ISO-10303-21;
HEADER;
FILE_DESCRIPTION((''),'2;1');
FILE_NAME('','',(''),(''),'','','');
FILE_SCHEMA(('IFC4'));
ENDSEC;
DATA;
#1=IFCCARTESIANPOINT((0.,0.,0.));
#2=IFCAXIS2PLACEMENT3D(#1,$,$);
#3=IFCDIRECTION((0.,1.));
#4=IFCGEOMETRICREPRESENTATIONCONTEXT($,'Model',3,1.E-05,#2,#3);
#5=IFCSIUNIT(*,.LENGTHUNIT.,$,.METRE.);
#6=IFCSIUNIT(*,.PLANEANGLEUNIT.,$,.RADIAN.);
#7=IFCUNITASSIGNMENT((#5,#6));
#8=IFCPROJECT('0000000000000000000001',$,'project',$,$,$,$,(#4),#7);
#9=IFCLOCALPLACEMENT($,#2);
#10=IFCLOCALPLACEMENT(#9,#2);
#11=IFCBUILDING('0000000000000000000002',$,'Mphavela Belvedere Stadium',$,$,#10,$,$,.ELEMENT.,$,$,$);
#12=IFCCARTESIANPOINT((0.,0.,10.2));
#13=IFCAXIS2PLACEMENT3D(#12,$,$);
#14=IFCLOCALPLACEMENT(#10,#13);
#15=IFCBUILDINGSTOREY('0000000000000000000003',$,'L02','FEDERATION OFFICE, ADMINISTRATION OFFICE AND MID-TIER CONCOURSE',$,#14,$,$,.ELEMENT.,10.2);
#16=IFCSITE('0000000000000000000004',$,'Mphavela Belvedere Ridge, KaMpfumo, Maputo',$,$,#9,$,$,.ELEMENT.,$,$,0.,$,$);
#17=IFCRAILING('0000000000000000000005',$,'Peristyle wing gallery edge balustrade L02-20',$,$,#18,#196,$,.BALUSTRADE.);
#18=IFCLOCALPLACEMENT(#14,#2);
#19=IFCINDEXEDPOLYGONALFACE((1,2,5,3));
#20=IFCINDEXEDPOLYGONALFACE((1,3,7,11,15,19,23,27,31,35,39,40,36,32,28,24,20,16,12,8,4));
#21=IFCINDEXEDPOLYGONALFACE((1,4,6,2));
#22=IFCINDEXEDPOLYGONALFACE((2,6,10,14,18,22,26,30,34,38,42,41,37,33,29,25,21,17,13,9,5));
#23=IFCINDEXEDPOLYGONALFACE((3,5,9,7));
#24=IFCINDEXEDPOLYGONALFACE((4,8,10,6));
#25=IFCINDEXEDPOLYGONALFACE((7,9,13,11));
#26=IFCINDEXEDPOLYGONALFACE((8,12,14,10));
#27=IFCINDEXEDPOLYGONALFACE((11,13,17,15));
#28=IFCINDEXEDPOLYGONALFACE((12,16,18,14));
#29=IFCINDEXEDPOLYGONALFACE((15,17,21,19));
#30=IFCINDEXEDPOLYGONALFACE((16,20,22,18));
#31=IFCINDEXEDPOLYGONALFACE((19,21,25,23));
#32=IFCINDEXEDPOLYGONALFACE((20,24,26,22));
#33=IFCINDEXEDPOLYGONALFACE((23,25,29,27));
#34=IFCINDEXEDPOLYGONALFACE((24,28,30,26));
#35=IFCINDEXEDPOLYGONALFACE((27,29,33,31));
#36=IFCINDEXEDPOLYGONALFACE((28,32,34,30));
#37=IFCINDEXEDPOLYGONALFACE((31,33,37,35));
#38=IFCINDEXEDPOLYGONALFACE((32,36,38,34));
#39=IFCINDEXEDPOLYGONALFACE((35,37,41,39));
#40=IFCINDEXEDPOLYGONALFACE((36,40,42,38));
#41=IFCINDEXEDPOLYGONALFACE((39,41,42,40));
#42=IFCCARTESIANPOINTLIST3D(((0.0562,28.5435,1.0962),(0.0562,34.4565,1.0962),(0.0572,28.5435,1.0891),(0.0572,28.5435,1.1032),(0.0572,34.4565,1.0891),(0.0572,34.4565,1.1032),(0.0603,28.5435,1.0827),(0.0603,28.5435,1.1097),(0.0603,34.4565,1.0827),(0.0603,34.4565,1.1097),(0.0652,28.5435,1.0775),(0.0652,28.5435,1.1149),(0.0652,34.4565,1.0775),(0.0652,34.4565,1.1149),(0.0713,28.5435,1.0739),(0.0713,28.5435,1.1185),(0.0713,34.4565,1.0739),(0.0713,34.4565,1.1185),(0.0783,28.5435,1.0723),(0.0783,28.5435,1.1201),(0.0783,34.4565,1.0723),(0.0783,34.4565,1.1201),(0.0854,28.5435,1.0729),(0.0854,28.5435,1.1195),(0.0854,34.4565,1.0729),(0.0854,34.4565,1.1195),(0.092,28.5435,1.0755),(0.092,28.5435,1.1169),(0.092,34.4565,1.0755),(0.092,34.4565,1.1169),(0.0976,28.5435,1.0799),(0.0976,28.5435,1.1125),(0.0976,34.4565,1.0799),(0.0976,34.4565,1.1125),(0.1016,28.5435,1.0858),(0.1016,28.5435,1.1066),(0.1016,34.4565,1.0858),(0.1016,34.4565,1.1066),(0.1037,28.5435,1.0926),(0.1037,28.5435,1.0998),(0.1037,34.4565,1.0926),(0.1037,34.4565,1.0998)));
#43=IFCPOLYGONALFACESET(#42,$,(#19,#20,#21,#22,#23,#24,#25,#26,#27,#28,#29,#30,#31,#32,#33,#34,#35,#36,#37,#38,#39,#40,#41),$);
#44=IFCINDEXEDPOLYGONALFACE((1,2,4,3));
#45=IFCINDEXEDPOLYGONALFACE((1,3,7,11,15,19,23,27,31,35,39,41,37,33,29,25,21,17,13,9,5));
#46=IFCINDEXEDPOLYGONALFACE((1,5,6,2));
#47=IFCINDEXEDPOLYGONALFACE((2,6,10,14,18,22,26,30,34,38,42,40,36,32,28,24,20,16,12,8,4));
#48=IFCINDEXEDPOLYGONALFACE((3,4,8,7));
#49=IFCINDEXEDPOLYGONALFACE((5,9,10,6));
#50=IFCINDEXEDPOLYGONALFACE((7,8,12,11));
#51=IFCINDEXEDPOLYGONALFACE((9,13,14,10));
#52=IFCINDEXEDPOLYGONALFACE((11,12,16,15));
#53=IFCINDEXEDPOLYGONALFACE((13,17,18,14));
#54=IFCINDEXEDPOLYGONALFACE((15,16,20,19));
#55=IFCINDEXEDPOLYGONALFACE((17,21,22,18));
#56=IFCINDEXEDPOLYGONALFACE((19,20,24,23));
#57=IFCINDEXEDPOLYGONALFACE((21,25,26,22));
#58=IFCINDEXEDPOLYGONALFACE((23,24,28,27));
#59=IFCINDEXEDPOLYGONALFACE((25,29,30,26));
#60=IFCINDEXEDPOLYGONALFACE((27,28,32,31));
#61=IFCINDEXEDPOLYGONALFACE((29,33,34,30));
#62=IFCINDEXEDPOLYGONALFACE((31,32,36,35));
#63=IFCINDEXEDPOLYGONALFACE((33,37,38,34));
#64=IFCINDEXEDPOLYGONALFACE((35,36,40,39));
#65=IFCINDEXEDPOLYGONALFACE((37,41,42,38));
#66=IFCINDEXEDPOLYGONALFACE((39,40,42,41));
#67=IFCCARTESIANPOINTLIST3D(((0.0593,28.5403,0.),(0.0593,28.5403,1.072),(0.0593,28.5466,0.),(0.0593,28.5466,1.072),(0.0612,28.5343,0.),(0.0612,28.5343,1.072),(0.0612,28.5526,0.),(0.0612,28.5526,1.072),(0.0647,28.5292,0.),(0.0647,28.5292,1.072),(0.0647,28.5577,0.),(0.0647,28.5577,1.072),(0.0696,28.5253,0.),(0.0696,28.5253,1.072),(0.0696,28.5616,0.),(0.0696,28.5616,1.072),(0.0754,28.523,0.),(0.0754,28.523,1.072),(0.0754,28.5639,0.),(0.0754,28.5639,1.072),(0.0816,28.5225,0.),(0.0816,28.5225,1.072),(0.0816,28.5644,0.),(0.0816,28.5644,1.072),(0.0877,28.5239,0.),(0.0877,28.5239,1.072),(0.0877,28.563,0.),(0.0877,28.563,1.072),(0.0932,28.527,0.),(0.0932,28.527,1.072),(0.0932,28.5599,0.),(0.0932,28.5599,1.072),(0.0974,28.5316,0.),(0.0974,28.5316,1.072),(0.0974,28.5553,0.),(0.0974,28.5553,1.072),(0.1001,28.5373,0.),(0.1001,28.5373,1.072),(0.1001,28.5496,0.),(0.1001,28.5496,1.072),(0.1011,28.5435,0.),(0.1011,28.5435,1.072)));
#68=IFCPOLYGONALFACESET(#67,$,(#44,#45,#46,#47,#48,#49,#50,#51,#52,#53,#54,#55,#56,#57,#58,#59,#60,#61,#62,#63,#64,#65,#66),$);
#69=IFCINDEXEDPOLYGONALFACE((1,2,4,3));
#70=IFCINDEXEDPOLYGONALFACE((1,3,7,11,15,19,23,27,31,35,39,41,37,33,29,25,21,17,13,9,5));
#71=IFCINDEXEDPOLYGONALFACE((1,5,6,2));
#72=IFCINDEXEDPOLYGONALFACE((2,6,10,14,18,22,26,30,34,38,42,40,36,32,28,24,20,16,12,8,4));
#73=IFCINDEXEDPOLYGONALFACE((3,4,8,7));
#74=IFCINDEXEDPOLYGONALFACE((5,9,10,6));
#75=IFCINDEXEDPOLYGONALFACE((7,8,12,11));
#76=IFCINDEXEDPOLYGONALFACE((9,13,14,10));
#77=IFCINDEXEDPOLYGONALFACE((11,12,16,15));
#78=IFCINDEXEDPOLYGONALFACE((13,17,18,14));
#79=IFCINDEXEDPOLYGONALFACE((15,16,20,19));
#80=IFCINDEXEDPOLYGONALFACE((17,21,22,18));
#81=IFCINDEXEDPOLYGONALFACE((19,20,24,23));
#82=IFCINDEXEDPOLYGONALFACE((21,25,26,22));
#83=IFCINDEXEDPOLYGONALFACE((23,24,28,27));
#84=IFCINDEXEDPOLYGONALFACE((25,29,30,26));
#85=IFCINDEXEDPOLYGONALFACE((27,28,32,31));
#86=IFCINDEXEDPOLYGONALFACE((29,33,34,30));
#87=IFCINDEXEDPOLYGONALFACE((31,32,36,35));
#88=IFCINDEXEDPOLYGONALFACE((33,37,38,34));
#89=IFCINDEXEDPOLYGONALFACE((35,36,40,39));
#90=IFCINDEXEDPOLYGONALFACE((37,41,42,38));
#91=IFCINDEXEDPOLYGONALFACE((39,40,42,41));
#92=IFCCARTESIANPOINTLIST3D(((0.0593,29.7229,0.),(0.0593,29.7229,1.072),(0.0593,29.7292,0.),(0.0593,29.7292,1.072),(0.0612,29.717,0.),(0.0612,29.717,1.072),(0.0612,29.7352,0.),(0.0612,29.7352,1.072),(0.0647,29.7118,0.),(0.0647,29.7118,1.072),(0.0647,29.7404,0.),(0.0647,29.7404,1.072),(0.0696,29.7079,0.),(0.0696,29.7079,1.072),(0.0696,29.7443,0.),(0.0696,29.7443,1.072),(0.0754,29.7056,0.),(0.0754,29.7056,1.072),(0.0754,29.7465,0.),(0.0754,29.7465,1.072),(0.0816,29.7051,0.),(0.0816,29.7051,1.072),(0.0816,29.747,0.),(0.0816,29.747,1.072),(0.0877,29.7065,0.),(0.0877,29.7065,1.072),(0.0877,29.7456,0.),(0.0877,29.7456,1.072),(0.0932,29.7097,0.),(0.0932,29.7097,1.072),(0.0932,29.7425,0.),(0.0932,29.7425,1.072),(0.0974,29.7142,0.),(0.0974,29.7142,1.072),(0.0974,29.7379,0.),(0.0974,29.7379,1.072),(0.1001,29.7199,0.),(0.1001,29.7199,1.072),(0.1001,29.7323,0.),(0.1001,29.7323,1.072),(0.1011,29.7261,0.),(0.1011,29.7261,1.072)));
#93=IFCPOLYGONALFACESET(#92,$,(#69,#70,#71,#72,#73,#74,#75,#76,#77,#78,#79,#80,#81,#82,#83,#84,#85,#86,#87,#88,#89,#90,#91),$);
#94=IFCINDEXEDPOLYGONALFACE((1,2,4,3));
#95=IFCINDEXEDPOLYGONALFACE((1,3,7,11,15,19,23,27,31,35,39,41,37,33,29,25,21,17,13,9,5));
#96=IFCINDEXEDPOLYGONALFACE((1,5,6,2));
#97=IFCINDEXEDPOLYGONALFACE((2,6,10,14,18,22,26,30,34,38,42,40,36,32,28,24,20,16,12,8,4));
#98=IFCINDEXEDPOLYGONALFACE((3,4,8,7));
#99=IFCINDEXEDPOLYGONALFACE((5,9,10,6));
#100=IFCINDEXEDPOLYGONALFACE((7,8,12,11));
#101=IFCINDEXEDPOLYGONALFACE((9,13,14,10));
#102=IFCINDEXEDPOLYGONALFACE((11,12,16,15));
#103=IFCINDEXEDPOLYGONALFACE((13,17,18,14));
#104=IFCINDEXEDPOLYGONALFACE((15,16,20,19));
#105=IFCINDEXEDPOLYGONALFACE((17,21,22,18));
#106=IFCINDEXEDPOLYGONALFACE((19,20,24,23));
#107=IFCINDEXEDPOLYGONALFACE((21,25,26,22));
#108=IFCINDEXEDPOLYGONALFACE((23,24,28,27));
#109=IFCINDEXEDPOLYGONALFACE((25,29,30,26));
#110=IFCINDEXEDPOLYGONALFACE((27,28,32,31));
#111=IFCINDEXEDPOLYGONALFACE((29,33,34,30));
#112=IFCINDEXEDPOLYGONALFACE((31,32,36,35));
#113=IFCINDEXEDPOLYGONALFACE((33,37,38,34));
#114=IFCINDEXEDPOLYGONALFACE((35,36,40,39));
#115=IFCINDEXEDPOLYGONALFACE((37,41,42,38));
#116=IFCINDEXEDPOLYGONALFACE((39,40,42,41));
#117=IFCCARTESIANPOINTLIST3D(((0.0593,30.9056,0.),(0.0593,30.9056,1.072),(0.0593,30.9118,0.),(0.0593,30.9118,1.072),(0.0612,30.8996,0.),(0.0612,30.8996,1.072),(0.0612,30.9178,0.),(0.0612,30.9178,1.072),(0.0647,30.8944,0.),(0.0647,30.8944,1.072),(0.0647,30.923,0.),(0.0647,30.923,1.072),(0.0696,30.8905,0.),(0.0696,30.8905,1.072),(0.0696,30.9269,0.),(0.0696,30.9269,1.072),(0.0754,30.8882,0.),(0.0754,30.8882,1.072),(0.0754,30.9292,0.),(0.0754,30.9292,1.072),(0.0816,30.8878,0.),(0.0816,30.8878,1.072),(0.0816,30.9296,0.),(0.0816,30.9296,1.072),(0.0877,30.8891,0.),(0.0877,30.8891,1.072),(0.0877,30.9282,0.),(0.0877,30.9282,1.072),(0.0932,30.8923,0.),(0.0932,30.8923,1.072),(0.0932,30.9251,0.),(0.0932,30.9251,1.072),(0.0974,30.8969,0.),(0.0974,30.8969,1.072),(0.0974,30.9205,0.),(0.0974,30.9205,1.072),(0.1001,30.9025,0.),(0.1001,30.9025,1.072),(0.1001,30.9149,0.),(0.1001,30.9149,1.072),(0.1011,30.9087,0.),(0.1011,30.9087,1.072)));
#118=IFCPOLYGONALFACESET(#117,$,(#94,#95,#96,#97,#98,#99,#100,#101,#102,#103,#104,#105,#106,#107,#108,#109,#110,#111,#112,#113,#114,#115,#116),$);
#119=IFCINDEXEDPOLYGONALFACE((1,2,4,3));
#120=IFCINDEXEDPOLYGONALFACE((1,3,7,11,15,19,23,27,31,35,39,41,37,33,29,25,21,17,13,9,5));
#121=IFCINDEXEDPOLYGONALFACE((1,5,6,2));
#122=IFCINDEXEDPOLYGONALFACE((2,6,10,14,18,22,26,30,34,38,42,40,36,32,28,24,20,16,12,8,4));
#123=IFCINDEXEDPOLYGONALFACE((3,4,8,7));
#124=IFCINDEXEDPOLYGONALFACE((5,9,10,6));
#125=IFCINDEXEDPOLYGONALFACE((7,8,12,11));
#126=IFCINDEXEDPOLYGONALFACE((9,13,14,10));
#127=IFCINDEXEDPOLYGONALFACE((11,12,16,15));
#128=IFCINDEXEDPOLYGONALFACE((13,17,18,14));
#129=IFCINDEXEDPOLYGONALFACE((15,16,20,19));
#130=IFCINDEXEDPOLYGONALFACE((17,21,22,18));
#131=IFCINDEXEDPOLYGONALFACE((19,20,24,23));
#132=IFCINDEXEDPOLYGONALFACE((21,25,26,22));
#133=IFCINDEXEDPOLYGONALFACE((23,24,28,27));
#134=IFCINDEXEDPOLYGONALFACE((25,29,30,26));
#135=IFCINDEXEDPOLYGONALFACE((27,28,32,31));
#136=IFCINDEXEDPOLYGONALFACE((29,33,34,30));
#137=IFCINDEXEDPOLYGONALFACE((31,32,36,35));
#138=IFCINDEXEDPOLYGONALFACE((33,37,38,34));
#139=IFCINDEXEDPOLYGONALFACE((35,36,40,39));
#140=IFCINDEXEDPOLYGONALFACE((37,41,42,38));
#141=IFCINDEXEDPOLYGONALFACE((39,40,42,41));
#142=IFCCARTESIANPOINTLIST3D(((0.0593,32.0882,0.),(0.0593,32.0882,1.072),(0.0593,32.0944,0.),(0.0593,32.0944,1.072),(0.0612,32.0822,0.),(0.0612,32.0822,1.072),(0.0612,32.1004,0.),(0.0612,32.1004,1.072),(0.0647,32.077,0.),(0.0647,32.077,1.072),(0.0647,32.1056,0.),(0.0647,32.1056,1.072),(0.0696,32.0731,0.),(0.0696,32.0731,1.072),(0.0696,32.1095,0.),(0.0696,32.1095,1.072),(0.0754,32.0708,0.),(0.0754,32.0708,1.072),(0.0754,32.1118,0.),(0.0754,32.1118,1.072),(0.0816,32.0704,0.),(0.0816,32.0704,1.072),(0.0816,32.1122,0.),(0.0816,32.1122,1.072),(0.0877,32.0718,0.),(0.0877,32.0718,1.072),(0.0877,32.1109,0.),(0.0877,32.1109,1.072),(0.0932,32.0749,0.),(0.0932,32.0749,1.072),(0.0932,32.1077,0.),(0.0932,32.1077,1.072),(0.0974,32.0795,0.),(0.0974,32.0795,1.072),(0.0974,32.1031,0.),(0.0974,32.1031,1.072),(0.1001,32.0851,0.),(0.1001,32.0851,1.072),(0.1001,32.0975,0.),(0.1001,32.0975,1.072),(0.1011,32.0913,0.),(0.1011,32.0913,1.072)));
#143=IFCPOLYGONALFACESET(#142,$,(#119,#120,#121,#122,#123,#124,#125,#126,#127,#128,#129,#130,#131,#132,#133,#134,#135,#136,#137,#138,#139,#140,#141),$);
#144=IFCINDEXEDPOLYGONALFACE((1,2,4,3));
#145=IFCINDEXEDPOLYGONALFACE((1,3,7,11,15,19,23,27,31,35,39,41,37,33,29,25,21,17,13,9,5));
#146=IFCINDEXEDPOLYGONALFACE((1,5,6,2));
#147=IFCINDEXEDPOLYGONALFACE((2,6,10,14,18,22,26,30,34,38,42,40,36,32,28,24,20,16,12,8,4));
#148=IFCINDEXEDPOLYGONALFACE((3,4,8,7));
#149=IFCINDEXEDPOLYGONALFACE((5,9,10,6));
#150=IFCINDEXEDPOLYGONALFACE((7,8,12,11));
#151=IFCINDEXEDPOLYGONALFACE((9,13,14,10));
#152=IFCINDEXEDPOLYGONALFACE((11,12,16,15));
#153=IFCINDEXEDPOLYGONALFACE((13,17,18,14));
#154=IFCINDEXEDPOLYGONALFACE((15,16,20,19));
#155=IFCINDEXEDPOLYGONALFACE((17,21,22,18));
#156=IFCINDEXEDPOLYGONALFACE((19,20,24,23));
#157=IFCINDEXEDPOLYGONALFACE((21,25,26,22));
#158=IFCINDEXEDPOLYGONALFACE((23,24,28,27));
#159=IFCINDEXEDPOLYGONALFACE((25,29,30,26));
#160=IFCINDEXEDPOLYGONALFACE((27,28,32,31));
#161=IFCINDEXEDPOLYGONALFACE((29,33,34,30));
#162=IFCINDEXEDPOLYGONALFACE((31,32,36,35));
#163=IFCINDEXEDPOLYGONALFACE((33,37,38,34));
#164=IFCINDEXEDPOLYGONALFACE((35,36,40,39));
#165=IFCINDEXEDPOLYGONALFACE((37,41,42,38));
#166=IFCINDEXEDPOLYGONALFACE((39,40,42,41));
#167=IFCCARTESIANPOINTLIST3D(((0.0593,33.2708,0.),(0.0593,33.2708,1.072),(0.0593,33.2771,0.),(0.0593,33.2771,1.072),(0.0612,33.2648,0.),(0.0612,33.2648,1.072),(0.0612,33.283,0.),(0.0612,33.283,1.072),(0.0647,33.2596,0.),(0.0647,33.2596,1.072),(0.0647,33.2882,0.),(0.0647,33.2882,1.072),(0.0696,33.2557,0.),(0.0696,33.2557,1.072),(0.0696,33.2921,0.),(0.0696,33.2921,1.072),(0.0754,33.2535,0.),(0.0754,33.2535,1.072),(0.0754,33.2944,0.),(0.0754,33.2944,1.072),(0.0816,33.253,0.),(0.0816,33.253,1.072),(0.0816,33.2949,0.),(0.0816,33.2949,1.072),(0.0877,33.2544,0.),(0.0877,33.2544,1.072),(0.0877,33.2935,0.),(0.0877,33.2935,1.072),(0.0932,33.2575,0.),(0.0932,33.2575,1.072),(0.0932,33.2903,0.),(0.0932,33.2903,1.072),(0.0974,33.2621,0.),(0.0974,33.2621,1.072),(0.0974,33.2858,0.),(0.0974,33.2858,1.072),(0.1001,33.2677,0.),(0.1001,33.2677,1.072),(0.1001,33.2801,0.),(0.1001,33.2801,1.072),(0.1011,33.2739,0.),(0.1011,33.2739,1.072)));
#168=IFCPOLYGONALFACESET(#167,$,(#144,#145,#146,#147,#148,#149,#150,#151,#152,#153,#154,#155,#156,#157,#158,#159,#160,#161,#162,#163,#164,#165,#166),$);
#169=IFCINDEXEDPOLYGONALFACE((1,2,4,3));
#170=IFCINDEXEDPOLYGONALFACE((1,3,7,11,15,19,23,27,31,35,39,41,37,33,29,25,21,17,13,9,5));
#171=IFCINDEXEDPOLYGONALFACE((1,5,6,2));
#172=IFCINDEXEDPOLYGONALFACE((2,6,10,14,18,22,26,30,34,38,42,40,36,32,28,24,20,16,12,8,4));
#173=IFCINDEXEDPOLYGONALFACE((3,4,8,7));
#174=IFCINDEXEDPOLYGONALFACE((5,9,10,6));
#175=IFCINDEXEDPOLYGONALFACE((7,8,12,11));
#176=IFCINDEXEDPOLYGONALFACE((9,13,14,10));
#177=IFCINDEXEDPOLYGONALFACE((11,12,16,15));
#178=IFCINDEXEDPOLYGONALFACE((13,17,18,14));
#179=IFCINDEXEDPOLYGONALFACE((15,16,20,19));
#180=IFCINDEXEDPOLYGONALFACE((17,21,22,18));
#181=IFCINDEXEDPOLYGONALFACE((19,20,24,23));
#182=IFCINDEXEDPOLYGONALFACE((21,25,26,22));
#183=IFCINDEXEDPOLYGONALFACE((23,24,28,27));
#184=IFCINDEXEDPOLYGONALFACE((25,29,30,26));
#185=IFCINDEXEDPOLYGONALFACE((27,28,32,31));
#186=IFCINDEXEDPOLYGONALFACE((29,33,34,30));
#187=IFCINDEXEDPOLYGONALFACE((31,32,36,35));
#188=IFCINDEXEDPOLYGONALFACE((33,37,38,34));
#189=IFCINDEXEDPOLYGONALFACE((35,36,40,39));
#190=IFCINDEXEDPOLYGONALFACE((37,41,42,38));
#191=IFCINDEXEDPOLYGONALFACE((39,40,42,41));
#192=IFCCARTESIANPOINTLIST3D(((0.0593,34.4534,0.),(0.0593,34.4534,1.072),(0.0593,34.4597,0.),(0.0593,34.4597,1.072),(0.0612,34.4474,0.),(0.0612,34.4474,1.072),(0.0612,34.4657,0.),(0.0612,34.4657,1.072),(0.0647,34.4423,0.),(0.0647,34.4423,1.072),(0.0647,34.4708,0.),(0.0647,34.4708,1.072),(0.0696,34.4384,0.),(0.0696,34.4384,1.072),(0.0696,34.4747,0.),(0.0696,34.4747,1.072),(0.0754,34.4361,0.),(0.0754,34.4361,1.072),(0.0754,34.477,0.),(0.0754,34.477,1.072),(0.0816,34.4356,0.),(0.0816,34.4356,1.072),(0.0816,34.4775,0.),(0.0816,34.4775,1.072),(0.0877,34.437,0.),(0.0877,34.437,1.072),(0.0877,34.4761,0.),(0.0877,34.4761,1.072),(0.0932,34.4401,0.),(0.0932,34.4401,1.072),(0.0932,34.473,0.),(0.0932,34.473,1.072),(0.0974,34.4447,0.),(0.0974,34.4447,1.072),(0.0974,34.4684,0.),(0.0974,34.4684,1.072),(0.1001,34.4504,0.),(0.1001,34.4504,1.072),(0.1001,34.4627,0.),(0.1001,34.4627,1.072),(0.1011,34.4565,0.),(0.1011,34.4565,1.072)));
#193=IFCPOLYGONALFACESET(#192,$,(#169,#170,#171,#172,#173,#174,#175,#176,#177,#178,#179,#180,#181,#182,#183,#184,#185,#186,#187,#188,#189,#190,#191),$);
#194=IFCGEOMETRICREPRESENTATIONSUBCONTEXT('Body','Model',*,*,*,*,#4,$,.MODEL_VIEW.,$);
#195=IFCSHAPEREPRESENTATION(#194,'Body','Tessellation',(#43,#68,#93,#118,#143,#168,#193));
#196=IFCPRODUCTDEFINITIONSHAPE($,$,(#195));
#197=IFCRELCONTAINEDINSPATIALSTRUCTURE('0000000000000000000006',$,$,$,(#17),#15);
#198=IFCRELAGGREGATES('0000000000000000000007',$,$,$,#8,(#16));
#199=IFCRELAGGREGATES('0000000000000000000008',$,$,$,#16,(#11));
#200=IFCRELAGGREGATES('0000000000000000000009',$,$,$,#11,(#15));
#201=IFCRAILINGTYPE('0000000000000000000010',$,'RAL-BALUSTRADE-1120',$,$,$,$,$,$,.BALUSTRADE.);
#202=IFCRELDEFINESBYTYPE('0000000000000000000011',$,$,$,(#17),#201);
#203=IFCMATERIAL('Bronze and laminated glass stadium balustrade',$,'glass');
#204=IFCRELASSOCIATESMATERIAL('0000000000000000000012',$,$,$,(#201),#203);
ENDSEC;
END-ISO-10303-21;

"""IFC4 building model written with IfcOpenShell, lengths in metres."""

from ifc_helpers import new_model, si_unit, direction, frame, origin, origin_2d, place, context, subcontext, project, spatial, circle, extrude, material, type_object, element, save


model = new_model("IFC4")

# Units and contexts
model_context = context("Model", 3, precision=1e-05, world=origin(), true_north=direction((0.0, 1.0)))
body_context = subcontext(model_context, "Body", "Model", "MODEL_VIEW")
ifc_project = project(units=[si_unit("LENGTHUNIT", "METRE"), si_unit("PLANEANGLEUNIT", "RADIAN")], contexts=[model_context])

# Site, building, storey
site_placement = place(None, origin())
site = spatial("IfcSite", under=ifc_project, at=site_placement, Name="Mphavela Belvedere Ridge, KaMpfumo, Maputo", CompositionType="ELEMENT", RefElevation=0.0)
building_placement = place(site_placement, origin())
building = spatial("IfcBuilding", under=site, at=building_placement, Name="Mphavela Belvedere Stadium", CompositionType="ELEMENT")
storey_placement = place(building_placement, frame((0.0, 0.0, 10.2)))
storey = spatial("IfcBuildingStorey", under=building, at=storey_placement, Name="L02", Description="FEDERATION OFFICE, ADMINISTRATION OFFICE AND MID-TIER CONCOURSE", CompositionType="ELEMENT", Elevation=10.2)

# Railing
ifc_material_1 = material(Name="Bronze and laminated glass stadium balustrade", Category="glass")
railing_type = type_object("IfcRailingType", Name="RAL-BALUSTRADE-1120", PredefinedType="BALUSTRADE", material=ifc_material_1)
for number, where, name in (
    (1, (0.0801, 28.5435, 0.0), "Peristyle wing gallery edge balustrade L02-20"),
):
    element("IfcRailing", number, at=place(storey_placement, frame(where)), inside=storey, type_object=railing_type, Name=name, PredefinedType="BALUSTRADE", context=body_context, shape_type="SweptSolid", body=[
        extrude(circle(Radius=0.0239, at=origin_2d()), frame((0.0, 0.0, 1.0962), z_axis=(0.0, 1.0, 0.0), x_axis=(-1.0, 0.0, 0.0)), (0.0, 0.0, 1.0), 5.9131),
        extrude(circle(Radius=0.021, at=origin_2d()), origin(), (0.0, 0.0, 1.0), 1.072),
        extrude(circle(Radius=0.021, at=origin_2d()), frame((0.0, 1.1826, 0.0)), (0.0, 0.0, 1.0), 1.072),
        extrude(circle(Radius=0.021, at=origin_2d()), frame((0.0, 2.3652, 0.0)), (0.0, 0.0, 1.0), 1.072),
        extrude(circle(Radius=0.021, at=origin_2d()), frame((0.0, 3.5479, 0.0)), (0.0, 0.0, 1.0), 1.072),
        extrude(circle(Radius=0.021, at=origin_2d()), frame((0.0, 4.7305, 0.0)), (0.0, 0.0, 1.0), 1.072),
        extrude(circle(Radius=0.021, at=origin_2d()), frame((0.0, 5.9131, 0.0)), (0.0, 0.0, 1.0), 1.072),
    ])

save(model, "model.ifc")
